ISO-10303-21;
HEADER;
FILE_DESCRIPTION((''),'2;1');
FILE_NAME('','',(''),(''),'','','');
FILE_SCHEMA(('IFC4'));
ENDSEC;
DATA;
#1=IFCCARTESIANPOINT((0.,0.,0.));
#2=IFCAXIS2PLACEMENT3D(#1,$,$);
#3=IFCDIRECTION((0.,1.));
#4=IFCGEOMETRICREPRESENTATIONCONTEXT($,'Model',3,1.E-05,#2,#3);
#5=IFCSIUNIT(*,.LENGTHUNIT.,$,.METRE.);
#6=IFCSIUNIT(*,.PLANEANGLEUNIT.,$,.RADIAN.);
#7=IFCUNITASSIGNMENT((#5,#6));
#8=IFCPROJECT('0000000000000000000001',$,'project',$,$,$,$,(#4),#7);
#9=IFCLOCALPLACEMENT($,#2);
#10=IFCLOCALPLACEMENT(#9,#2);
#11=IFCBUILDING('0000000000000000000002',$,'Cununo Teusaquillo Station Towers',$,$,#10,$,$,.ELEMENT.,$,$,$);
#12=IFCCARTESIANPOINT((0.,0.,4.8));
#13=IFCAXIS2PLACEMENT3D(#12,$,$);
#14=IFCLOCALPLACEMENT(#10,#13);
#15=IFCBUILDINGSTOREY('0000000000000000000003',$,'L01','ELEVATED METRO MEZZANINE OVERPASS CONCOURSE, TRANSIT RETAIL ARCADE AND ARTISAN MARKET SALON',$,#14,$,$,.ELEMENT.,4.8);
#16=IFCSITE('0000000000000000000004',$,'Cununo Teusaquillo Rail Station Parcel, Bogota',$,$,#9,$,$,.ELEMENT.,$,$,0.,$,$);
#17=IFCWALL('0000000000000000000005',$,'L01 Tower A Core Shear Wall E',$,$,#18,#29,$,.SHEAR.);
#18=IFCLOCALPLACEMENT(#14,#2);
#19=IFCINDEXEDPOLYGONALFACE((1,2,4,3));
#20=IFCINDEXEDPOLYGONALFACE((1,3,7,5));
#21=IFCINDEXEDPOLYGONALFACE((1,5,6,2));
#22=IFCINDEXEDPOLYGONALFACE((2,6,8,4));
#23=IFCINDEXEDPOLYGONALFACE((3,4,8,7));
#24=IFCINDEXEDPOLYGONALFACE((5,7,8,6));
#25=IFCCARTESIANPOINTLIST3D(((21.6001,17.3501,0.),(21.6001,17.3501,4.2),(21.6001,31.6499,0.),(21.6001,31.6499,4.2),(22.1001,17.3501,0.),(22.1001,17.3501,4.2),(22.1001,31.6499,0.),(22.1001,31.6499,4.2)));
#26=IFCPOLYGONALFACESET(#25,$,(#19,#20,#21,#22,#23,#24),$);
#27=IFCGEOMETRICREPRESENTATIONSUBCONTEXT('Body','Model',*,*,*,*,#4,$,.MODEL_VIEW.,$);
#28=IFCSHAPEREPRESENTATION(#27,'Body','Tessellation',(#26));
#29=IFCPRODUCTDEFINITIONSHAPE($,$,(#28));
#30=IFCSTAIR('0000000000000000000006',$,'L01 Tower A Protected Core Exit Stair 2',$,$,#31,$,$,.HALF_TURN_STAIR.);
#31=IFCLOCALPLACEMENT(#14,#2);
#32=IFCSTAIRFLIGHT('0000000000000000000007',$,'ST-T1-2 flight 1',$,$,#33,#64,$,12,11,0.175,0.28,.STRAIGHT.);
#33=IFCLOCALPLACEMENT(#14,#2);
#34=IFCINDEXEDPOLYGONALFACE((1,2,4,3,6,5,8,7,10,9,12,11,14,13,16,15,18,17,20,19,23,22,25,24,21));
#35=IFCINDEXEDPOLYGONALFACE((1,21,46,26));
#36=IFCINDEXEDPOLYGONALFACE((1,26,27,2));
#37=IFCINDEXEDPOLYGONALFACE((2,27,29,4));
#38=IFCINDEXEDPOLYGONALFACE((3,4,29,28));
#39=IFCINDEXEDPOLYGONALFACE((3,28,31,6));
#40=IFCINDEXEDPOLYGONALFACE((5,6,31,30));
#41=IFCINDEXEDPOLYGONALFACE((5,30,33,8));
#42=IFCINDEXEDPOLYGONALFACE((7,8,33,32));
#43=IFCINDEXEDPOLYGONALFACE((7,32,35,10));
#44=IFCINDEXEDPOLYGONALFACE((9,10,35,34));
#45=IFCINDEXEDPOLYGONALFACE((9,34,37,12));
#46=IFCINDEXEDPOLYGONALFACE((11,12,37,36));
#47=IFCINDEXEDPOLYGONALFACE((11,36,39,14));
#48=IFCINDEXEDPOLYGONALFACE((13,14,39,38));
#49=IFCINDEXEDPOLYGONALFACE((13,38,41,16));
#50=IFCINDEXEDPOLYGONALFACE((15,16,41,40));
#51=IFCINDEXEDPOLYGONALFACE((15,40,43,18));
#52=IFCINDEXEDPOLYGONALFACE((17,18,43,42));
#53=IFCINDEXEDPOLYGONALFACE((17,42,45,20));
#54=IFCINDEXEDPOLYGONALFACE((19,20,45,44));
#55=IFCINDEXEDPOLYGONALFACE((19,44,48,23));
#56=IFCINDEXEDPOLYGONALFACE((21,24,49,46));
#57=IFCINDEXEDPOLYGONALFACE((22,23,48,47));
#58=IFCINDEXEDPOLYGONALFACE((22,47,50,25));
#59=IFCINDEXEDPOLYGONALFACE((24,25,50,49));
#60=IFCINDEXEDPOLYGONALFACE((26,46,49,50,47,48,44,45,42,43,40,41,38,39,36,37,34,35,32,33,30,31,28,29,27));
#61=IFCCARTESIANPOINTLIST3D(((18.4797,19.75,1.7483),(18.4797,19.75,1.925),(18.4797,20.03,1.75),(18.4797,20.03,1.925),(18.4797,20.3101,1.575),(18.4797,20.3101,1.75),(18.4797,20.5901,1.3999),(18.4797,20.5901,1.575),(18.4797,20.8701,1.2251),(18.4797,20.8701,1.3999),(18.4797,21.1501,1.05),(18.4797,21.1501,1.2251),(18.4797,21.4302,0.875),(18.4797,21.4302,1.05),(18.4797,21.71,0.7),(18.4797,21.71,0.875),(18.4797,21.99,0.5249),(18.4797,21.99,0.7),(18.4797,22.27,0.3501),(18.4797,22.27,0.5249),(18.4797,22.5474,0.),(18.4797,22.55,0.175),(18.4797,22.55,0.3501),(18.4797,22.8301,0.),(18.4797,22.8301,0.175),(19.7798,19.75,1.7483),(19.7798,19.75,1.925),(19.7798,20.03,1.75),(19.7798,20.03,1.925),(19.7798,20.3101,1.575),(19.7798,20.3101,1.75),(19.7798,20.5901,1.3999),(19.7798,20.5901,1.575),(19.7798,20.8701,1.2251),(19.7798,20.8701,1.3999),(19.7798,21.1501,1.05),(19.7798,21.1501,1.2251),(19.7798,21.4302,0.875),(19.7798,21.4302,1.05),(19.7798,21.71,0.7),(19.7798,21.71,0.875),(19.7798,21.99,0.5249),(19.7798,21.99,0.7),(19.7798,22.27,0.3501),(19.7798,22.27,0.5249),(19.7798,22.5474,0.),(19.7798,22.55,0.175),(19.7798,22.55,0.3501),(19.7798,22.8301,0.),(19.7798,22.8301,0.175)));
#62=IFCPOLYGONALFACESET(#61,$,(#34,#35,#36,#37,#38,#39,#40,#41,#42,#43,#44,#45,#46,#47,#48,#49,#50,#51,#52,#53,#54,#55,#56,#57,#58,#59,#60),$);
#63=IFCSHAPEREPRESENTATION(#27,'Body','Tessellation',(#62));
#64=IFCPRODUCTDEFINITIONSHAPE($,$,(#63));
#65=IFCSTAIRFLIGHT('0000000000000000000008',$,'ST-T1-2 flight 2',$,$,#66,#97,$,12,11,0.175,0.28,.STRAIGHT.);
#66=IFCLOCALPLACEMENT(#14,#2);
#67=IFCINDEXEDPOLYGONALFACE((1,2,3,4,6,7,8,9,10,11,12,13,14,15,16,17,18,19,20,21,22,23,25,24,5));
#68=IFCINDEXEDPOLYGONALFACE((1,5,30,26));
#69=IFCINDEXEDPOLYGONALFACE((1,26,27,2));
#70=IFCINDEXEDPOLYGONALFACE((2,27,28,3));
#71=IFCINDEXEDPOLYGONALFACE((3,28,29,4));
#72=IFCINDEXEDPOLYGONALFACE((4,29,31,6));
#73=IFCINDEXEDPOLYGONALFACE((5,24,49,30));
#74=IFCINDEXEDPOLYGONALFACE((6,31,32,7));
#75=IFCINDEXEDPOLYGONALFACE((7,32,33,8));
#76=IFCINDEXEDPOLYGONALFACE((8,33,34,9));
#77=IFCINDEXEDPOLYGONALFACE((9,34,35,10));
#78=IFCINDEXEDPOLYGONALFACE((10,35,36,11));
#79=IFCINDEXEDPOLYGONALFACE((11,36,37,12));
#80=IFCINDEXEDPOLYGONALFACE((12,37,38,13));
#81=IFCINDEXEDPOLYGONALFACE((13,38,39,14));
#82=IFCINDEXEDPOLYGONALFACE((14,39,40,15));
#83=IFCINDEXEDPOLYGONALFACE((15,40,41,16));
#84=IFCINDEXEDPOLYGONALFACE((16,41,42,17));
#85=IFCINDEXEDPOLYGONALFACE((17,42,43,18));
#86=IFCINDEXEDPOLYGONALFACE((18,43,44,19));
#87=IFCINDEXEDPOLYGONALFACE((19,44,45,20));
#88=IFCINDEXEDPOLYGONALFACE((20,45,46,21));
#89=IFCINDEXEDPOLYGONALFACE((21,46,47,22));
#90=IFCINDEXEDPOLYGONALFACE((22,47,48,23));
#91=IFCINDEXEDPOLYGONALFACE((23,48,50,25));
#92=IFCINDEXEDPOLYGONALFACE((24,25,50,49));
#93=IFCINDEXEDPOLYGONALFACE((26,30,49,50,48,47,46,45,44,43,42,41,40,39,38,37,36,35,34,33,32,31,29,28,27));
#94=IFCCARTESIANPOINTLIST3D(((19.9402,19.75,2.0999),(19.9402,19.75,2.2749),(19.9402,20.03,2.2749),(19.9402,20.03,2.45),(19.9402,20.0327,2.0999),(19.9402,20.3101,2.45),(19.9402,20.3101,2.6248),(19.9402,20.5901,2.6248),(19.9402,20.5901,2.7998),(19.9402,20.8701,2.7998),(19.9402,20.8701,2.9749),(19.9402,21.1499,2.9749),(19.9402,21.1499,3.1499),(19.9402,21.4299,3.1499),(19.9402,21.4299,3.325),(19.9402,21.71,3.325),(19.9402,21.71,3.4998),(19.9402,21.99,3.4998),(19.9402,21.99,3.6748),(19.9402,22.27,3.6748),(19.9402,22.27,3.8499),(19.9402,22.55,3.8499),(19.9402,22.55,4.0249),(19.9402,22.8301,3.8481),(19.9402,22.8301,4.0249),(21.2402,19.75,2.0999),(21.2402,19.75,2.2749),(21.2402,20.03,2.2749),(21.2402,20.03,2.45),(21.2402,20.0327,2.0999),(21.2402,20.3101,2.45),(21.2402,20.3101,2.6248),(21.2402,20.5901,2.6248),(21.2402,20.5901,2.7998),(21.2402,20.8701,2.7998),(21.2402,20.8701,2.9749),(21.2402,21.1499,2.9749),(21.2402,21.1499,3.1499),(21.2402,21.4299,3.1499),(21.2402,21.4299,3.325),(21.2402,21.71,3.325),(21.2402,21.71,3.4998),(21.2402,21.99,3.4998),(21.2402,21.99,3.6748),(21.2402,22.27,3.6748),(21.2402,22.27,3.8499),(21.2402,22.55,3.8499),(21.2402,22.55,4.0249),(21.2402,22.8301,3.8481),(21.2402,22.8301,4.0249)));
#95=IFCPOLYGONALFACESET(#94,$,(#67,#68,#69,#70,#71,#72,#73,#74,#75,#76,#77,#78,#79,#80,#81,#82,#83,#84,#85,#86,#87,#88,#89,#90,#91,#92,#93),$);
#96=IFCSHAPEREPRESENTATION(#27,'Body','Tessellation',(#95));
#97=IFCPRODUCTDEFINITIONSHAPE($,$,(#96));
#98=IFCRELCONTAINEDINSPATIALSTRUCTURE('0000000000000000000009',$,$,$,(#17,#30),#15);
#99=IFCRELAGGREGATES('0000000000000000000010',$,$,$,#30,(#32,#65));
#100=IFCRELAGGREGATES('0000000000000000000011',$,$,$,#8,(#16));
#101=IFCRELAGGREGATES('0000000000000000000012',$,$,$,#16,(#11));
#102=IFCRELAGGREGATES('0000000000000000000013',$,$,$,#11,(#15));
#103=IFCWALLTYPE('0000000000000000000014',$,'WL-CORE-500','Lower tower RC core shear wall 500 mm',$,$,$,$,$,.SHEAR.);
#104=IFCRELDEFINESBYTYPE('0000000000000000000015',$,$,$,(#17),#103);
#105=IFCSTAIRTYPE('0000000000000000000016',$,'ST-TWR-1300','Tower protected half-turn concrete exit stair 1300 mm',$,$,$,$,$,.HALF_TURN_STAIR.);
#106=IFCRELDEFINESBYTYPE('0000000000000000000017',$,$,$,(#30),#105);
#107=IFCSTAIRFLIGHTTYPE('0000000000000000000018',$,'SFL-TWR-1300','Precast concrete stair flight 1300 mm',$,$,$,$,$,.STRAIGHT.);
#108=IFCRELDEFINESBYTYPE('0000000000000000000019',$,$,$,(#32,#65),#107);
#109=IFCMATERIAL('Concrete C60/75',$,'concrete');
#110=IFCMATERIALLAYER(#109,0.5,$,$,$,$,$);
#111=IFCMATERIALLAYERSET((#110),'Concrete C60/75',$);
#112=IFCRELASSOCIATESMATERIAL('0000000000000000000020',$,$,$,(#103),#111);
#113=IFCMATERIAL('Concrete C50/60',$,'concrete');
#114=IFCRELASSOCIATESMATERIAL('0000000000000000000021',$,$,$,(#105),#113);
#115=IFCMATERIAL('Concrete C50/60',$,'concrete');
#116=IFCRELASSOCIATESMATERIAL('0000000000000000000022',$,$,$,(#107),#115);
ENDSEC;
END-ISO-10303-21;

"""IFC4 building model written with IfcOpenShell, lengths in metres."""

from ifc_helpers import new_model, si_unit, direction, frame, frame_2d, origin, place, context, subcontext, project, spatial, polyline, rectangle, outline, extrude, material, layer, layer_set, type_object, element, aggregate, save


model = new_model("IFC4")

# Units and contexts
model_context = context("Model", 3, precision=1e-05, world=origin(), true_north=direction((0.0, 1.0)))
body_context = subcontext(model_context, "Body", "Model", "MODEL_VIEW")
ifc_project = project(units=[si_unit("LENGTHUNIT", "METRE"), si_unit("PLANEANGLEUNIT", "RADIAN")], contexts=[model_context])

# Site, building, storey
site_placement = place(None, origin())
site = spatial("IfcSite", under=ifc_project, at=site_placement, Name="Cununo Teusaquillo Rail Station Parcel, Bogota", CompositionType="ELEMENT", RefElevation=0.0)
building_placement = place(site_placement, origin())
building = spatial("IfcBuilding", under=site, at=building_placement, Name="Cununo Teusaquillo Station Towers", CompositionType="ELEMENT")
storey_placement = place(building_placement, frame((0.0, 0.0, 4.8)))
storey = spatial("IfcBuildingStorey", under=building, at=storey_placement, Name="L01", Description="ELEVATED METRO MEZZANINE OVERPASS CONCOURSE, TRANSIT RETAIL ARCADE AND ARTISAN MARKET SALON", CompositionType="ELEMENT", Elevation=4.8)

# Wall
ifc_material_1 = material(Name="Concrete C60/75", Category="concrete")
ifc_layer_1 = layer(ifc_material_1, 0.5)
ifc_layer_set_1 = layer_set([ifc_layer_1], Name="Concrete C60/75")
wall_type_1 = type_object("IfcWallType", Name="WL-CORE-500", Description="Lower tower RC core shear wall 500 mm", PredefinedType="SHEAR", material=ifc_layer_set_1)
wall_1_placement = place(storey_placement, frame((21.8501, 17.3501, 0.0), z_axis=(0.0, 0.0, 1.0), x_axis=(0.0, 1.0, 0.0)))
element("IfcWall", 1, at=wall_1_placement, inside=storey, type_object=wall_type_1, Name="L01 Tower A Core Shear Wall E", PredefinedType="SHEAR", context=body_context, shape_type="SweptSolid", body=[
    extrude(rectangle(XDim=14.2998, YDim=0.5, at=frame_2d((7.1499, 0.0))), origin(), (0.0, 0.0, 1.0), 4.2),
])

# Stair, stair flights
ifc_material_2 = material(Name="Concrete C50/60", Category="concrete")
stair_type = type_object("IfcStairType", Name="ST-TWR-1300", Description="Tower protected half-turn concrete exit stair 1300 mm", PredefinedType="HALF_TURN_STAIR", material=ifc_material_2)
stair_placement = place(storey_placement, origin())
stair = element("IfcStair", 2, at=stair_placement, inside=storey, type_object=stair_type, Name="L01 Tower A Protected Core Exit Stair 2", PredefinedType="HALF_TURN_STAIR")
ifc_material_3 = material(Name="Concrete C50/60", Category="concrete")
stair_flight_type = type_object("IfcStairFlightType", Name="SFL-TWR-1300", Description="Precast concrete stair flight 1300 mm", PredefinedType="STRAIGHT", material=ifc_material_3)
stair_flight_1_placement = place(storey_placement, frame((19.1299, 22.8301, 0.0), z_axis=(0.0, 0.0, 1.0), x_axis=(0.0, -1.0, 0.0)))
stair_flight_1 = element("IfcStairFlight", 3, at=stair_flight_1_placement, type_object=stair_flight_type, Name="ST-T1-2 flight 1", NumberOfRisers=12, NumberOfTreads=11, PredefinedType="STRAIGHT", RiserHeight=0.175, TreadLength=0.28, context=body_context, shape_type="SweptSolid", body=[
    extrude(outline(polyline([(0.0, 0.0), (0.0, 0.175), (0.28, 0.175), (0.28, 0.3501), (0.5601, 0.3501), (0.5601, 0.5249), (0.8401, 0.5249), (0.8401, 0.7), (1.1201, 0.7), (1.1201, 0.875), (1.3999, 0.875), (1.3999, 1.05), (1.6799, 1.05), (1.6799, 1.2251), (1.96, 1.2251), (1.96, 1.3999), (2.24, 1.3999), (2.24, 1.575), (2.52, 1.575), (2.52, 1.75), (2.8, 1.75), (2.8, 1.925), (3.0801, 1.925), (3.0801, 2.1001), (3.0801, 1.7483), (0.2827, 0.0), (0.0, 0.0)])), frame((0.0, 0.6499, 0.0), z_axis=(0.0, -1.0, 0.0), x_axis=(1.0, 0.0, 0.0)), (0.0, 0.0, 1.0), 1.3),
])
stair_flight_2_placement = place(storey_placement, frame((20.5901, 19.75, 2.0999), z_axis=(0.0, 0.0, 1.0), x_axis=(0.0, 1.0, 0.0)))
stair_flight_2 = element("IfcStairFlight", 4, at=stair_flight_2_placement, type_object=stair_flight_type, Name="ST-T1-2 flight 2", NumberOfRisers=12, NumberOfTreads=11, PredefinedType="STRAIGHT", RiserHeight=0.175, TreadLength=0.28, context=body_context, shape_type="SweptSolid", body=[
    extrude(outline(polyline([(0.0, 0.0), (0.0, 0.175), (0.28, 0.175), (0.28, 0.3501), (0.5601, 0.3501), (0.5601, 0.5249), (0.8401, 0.5249), (0.8401, 0.7), (1.1201, 0.7), (1.1201, 0.875), (1.3999, 0.875), (1.3999, 1.05), (1.6799, 1.05), (1.6799, 1.2251), (1.96, 1.2251), (1.96, 1.3999), (2.24, 1.3999), (2.24, 1.575), (2.52, 1.575), (2.52, 1.75), (2.8, 1.75), (2.8, 1.925), (3.0801, 1.925), (3.0801, 2.1001), (3.0801, 1.7483), (0.2827, 0.0), (0.0, 0.0)])), frame((0.0, 0.6499, 0.0), z_axis=(0.0, -1.0, 0.0), x_axis=(1.0, 0.0, 0.0)), (0.0, 0.0, 1.0), 1.3),
])
aggregate(stair, [stair_flight_1, stair_flight_2])

save(model, "model.ifc")
